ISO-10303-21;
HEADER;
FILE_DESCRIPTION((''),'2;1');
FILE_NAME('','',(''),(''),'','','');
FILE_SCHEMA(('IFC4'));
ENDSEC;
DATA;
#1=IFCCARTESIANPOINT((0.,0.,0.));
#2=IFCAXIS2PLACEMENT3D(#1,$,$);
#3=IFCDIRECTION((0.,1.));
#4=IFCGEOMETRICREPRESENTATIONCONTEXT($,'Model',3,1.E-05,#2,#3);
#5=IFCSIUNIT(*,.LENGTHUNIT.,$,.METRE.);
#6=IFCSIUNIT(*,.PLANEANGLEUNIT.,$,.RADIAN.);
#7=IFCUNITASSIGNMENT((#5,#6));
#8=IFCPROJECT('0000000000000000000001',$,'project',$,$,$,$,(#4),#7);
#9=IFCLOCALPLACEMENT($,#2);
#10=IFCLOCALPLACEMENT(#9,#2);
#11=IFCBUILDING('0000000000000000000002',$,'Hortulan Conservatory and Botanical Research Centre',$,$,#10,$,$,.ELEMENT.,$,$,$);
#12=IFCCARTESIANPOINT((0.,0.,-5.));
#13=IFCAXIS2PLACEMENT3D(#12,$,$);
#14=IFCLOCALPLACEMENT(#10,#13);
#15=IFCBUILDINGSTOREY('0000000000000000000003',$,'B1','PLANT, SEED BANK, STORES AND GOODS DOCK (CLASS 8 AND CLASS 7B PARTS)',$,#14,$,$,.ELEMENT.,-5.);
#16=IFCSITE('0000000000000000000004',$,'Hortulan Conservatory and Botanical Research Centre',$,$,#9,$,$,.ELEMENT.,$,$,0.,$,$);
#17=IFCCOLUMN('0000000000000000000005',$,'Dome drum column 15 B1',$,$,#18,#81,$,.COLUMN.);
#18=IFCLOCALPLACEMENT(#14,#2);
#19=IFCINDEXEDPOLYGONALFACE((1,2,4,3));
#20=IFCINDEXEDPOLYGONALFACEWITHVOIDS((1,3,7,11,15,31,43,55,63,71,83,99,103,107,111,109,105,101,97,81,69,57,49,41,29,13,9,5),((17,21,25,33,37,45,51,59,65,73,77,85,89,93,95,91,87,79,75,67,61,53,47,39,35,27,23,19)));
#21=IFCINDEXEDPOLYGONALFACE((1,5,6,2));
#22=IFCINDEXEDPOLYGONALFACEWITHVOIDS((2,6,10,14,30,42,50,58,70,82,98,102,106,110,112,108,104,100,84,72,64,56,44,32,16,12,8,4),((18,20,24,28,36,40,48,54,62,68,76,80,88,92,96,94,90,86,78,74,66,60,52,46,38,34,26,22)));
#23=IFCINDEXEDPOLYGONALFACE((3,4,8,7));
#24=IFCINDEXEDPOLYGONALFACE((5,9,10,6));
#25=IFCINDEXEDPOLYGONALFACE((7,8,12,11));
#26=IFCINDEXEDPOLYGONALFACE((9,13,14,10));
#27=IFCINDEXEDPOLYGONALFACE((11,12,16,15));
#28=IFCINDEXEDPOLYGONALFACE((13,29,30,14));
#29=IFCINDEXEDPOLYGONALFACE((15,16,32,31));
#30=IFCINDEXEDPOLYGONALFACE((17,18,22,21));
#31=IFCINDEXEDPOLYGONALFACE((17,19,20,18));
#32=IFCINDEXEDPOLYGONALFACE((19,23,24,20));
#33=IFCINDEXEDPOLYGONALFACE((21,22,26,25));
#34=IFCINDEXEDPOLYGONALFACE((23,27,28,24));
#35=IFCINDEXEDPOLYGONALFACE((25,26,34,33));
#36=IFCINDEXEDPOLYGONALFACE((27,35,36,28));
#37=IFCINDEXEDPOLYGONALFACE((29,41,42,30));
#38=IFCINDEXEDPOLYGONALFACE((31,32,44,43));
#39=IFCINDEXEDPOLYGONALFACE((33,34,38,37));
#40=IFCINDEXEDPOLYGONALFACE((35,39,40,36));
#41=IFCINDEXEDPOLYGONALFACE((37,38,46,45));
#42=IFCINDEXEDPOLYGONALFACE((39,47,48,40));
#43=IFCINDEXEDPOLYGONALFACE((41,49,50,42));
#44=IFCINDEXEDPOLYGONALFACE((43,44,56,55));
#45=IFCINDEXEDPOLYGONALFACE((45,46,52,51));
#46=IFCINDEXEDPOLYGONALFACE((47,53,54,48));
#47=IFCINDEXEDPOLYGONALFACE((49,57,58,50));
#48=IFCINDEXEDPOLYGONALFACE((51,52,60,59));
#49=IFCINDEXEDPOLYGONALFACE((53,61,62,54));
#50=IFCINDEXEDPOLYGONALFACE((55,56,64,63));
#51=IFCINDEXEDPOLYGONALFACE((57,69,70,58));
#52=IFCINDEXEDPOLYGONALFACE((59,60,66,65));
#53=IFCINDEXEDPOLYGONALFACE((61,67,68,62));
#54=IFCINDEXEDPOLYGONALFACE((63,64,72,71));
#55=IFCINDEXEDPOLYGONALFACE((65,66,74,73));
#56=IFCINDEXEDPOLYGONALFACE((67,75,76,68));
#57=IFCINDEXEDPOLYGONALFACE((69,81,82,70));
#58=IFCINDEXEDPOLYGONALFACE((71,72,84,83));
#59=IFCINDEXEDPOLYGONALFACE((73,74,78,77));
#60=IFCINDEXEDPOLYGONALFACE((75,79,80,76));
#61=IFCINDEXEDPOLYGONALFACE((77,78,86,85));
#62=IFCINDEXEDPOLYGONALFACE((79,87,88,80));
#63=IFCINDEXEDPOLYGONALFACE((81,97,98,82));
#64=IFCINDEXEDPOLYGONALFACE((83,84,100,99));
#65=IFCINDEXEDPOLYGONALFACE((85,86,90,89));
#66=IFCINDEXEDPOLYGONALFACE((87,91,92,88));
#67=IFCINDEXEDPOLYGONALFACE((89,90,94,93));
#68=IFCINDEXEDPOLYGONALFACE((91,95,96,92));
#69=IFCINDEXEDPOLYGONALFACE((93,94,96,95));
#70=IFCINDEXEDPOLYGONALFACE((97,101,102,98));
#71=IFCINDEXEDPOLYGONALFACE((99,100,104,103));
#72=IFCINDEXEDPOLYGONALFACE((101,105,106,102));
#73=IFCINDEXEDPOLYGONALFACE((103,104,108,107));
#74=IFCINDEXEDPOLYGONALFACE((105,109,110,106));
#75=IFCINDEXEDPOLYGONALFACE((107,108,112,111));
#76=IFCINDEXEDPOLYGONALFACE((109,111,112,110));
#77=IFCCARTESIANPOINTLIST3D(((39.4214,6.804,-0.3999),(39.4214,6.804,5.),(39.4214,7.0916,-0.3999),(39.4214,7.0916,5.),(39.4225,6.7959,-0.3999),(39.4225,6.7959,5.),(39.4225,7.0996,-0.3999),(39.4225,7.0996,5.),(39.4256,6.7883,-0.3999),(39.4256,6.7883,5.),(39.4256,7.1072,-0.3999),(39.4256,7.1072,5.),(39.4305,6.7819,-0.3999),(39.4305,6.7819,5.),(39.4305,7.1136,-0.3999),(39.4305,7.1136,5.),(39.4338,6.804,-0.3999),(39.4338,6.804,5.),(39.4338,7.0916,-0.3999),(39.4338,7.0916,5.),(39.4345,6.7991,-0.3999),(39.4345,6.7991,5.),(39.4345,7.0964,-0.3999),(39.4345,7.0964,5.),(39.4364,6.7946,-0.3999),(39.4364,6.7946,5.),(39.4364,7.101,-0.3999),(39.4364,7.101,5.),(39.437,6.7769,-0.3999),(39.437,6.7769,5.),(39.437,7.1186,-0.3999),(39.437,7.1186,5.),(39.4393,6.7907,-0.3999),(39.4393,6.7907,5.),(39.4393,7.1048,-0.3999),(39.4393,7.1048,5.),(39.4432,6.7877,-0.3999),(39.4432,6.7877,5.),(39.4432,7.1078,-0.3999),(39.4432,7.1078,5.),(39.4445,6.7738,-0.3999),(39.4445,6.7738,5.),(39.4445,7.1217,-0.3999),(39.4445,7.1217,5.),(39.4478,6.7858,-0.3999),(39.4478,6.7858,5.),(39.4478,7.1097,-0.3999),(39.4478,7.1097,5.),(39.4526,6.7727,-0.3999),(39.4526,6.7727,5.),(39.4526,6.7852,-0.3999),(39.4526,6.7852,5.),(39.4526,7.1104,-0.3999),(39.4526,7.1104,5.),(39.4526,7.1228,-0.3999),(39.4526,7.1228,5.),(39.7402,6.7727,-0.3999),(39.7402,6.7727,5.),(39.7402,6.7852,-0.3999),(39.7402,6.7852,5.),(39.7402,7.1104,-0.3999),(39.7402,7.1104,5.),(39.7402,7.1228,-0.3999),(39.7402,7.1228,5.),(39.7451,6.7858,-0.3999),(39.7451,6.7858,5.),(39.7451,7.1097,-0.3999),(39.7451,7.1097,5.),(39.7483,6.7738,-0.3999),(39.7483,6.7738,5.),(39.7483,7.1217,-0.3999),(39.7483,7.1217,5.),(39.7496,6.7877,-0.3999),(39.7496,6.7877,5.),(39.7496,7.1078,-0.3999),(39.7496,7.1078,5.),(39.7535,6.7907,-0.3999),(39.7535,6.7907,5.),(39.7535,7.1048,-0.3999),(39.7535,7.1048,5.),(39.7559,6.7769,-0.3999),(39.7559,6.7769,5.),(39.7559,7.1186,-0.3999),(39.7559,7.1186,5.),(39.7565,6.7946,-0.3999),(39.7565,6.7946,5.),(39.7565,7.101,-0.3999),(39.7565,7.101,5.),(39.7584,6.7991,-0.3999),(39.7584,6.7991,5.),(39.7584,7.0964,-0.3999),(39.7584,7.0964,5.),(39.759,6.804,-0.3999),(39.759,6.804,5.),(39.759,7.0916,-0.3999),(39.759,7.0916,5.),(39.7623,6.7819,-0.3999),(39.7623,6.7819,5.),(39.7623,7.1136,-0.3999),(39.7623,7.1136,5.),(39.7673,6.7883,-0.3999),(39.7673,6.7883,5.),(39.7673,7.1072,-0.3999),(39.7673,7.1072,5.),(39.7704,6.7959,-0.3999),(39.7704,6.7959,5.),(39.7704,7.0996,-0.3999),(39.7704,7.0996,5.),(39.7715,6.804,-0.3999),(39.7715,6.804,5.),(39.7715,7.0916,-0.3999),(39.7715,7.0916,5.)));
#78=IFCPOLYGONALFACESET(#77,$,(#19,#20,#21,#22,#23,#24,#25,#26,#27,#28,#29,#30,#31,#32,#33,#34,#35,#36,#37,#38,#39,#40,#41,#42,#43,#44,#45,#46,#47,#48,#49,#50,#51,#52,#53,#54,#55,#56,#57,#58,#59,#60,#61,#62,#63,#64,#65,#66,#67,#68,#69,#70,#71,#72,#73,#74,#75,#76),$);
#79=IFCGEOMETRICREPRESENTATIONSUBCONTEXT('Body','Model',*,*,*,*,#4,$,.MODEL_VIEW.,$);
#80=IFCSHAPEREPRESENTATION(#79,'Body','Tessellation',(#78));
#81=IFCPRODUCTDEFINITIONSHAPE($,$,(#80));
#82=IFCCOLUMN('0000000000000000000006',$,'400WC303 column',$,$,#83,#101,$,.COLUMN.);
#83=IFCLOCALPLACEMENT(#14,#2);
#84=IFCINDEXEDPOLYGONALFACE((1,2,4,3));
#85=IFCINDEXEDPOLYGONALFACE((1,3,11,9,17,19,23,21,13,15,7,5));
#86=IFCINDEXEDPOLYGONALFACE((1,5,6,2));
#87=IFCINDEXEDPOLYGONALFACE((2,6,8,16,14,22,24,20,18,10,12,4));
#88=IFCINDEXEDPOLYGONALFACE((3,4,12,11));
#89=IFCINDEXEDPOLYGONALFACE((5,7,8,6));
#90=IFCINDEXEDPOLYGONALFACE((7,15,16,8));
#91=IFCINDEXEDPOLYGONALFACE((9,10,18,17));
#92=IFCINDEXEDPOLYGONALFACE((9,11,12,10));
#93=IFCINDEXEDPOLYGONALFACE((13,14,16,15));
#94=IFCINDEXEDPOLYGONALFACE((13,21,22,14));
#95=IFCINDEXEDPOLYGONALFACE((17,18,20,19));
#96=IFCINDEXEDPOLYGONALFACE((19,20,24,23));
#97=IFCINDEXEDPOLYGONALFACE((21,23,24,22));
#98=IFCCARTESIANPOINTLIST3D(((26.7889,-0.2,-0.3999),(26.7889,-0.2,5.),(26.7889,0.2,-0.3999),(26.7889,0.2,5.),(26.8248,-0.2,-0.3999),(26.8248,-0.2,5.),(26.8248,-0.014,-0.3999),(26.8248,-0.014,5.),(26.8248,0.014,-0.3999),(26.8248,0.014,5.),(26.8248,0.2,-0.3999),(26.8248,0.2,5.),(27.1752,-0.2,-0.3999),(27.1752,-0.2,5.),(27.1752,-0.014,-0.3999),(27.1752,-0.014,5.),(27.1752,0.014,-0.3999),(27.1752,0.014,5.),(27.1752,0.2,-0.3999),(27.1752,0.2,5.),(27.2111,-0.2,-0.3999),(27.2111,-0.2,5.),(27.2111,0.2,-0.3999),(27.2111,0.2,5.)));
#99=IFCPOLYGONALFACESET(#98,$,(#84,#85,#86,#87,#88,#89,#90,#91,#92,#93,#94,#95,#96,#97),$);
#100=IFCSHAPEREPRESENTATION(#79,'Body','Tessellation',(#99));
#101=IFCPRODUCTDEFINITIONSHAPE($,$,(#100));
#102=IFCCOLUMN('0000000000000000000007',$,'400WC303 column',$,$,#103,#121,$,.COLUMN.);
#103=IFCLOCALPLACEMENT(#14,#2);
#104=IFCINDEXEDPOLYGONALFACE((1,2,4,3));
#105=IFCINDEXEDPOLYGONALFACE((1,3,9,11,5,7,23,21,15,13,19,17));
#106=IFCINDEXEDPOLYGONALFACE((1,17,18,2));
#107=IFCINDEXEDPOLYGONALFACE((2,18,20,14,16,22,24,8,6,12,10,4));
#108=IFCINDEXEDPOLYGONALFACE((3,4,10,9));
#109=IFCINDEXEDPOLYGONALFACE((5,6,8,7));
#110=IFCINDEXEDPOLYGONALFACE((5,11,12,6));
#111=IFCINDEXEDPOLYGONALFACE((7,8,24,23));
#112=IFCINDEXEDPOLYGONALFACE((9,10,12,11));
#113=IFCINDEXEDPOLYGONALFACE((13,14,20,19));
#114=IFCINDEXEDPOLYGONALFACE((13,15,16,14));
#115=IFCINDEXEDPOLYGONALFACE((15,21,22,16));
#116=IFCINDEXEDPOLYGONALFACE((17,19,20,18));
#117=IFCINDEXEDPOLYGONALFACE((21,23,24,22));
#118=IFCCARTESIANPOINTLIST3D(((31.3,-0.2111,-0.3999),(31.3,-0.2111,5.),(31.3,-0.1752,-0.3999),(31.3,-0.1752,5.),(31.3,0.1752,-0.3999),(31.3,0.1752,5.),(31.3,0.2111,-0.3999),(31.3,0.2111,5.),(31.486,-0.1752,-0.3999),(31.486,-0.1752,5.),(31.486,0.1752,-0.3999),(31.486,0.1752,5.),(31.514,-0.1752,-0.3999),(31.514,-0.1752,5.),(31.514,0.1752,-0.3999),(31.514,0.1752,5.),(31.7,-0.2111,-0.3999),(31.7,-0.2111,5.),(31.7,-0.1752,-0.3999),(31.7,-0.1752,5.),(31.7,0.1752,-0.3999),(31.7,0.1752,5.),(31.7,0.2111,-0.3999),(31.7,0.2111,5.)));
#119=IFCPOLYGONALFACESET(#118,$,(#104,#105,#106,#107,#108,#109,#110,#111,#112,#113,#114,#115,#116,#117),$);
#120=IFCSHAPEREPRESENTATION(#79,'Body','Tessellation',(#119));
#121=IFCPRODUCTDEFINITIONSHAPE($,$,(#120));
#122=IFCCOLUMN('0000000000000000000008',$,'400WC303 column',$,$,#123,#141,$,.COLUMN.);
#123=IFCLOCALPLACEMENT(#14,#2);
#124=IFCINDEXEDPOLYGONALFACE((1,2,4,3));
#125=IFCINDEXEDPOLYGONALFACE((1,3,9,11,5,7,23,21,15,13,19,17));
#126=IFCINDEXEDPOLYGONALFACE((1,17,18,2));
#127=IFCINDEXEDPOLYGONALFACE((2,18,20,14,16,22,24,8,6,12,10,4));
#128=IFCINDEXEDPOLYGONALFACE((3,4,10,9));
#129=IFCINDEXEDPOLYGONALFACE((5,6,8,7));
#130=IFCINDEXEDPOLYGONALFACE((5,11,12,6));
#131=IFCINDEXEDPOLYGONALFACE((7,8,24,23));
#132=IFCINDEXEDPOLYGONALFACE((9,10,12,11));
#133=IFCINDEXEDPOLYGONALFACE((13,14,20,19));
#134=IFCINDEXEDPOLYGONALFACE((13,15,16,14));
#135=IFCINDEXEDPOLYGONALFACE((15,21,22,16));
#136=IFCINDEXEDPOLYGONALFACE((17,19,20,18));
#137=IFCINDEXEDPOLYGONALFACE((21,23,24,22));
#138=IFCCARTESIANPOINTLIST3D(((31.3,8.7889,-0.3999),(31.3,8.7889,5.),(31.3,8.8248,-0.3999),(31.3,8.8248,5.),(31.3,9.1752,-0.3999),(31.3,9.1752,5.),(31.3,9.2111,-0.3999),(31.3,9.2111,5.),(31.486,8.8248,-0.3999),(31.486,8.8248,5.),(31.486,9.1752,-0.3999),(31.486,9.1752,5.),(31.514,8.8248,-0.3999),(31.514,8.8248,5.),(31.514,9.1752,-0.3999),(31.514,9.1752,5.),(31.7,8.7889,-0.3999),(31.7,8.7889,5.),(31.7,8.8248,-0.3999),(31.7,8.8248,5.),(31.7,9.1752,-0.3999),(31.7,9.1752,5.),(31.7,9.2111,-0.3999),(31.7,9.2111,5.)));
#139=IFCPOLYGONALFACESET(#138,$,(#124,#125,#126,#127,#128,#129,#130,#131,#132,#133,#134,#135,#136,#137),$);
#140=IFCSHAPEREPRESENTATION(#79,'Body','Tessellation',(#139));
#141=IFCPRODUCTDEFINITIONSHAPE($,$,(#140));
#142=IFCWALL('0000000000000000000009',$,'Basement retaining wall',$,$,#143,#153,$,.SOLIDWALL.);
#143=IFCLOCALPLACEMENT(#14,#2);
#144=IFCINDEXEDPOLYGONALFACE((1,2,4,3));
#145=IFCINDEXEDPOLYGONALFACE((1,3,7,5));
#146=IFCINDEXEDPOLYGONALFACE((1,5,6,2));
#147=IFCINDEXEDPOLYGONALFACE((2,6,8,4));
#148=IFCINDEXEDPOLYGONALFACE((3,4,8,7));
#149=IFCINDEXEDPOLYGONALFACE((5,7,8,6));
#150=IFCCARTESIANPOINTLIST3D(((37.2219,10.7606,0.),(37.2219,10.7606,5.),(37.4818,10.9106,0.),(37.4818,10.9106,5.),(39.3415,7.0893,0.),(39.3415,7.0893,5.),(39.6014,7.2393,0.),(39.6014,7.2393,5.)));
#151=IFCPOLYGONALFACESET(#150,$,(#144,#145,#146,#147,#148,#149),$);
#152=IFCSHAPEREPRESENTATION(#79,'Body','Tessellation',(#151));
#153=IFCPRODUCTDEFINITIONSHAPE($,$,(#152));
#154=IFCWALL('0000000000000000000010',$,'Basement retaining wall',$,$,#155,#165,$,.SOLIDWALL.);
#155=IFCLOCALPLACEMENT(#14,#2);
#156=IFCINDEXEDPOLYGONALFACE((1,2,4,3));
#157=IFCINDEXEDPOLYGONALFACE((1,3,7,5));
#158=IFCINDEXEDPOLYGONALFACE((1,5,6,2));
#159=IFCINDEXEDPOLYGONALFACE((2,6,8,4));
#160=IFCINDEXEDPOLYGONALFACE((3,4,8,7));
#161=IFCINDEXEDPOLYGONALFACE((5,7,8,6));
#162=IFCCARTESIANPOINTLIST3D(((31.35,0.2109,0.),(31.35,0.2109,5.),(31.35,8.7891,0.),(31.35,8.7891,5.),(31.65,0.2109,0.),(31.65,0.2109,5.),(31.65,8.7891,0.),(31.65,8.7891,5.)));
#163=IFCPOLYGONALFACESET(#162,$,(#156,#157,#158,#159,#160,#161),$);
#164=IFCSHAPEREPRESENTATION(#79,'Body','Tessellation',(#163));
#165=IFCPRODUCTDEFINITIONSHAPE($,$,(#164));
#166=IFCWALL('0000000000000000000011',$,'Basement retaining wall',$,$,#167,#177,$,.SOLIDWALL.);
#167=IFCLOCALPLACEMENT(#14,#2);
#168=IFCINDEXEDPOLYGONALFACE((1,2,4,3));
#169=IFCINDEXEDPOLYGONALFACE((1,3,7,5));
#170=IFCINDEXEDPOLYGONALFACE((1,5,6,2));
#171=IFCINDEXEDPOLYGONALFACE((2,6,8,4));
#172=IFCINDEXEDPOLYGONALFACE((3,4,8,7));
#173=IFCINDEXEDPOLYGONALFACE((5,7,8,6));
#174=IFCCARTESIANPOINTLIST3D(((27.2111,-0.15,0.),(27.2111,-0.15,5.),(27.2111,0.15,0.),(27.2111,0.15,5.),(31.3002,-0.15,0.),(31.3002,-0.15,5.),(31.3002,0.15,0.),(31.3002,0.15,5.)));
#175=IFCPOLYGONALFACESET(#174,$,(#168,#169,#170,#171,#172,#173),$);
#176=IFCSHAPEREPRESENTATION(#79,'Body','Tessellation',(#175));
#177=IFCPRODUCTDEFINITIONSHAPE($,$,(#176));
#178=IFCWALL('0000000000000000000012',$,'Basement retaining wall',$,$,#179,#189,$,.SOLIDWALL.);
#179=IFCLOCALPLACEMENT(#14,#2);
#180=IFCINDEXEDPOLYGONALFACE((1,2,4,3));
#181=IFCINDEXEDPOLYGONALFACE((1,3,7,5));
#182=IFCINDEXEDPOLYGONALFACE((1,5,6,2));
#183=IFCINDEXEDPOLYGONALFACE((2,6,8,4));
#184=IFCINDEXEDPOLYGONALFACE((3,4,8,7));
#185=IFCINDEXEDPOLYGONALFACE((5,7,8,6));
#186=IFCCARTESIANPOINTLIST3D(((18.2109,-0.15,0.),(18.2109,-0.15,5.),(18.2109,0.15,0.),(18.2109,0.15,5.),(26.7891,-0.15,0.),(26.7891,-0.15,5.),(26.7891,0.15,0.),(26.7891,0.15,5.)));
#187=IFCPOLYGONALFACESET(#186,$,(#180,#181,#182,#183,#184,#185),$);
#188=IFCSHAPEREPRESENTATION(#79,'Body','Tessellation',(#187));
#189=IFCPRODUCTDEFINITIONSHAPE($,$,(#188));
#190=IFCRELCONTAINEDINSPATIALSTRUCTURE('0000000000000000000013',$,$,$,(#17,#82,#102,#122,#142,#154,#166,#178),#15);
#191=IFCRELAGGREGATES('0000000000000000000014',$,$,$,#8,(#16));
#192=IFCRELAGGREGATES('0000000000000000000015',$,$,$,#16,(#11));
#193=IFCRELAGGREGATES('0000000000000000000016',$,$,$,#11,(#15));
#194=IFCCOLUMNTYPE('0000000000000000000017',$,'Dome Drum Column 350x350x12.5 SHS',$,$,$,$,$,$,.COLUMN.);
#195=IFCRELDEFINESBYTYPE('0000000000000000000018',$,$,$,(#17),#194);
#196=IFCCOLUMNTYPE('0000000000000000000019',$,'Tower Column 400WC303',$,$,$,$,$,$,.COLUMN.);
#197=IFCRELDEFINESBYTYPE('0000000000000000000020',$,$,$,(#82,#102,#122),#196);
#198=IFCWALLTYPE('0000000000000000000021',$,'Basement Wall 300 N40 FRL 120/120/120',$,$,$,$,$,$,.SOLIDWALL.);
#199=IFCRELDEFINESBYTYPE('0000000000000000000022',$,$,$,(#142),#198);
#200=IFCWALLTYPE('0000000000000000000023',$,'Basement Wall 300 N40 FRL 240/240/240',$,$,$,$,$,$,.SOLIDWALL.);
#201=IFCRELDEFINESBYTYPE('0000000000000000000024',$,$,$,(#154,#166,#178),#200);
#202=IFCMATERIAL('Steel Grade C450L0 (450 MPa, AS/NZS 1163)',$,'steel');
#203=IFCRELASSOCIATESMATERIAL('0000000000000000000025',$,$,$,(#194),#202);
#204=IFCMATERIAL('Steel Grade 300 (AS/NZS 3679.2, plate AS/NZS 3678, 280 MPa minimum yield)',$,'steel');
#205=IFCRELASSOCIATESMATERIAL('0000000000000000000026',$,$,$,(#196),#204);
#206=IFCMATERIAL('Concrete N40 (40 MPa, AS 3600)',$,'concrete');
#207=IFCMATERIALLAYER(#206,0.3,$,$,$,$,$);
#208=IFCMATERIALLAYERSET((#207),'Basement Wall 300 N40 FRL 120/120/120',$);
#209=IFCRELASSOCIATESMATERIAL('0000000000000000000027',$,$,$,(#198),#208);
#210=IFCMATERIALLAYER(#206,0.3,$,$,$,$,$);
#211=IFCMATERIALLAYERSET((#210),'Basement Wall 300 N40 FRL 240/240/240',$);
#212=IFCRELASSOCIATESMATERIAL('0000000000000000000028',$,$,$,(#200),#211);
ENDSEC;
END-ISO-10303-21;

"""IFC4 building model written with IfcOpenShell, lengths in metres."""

from ifc_helpers import new_model, si_unit, direction, frame, frame_2d, origin, origin_2d, place, context, subcontext, project, spatial, rectangle, hollow_rectangle, i_section, extrude, material, layer, layer_set, material_profile, profile_set, type_object, element, save


model = new_model("IFC4")

# Units and contexts
model_context = context("Model", 3, precision=1e-05, world=origin(), true_north=direction((0.0, 1.0)))
body_context = subcontext(model_context, "Body", "Model", "MODEL_VIEW")
ifc_project = project(units=[si_unit("LENGTHUNIT", "METRE"), si_unit("PLANEANGLEUNIT", "RADIAN")], contexts=[model_context])

# Site, building, storey
site_placement = place(None, origin())
site = spatial("IfcSite", under=ifc_project, at=site_placement, Name="Hortulan Conservatory and Botanical Research Centre", CompositionType="ELEMENT", RefElevation=0.0)
building_placement = place(site_placement, origin())
building = spatial("IfcBuilding", under=site, at=building_placement, Name="Hortulan Conservatory and Botanical Research Centre", CompositionType="ELEMENT")
storey_placement = place(building_placement, frame((0.0, 0.0, -5.0)))
storey = spatial("IfcBuildingStorey", under=building, at=storey_placement, Name="B1", Description="PLANT, SEED BANK, STORES AND GOODS DOCK (CLASS 8 AND CLASS 7B PARTS)", CompositionType="ELEMENT", Elevation=-5.0)

# Shared definitions
ifc_material_1 = material(Name="Concrete N40 (40 MPa, AS 3600)", Category="concrete")

# Columns
ifc_material_2 = material(Name="Steel Grade C450L0 (450 MPa, AS/NZS 1163)", Category="steel")
ifc_material_profile_1 = material_profile(ifc_material_2, hollow_rectangle(XDim=0.3501, YDim=0.3501, WallThickness=0.0125, InnerFilletRadius=0.0188, OuterFilletRadius=0.0312, at=origin_2d()), Name="350x350x12.5SHS")
ifc_profile_set_1 = profile_set([ifc_material_profile_1], Name="Steel Grade C450L0 (450 MPa, AS/NZS 1163)")
column_type_1 = type_object("IfcColumnType", Name="Dome Drum Column 350x350x12.5 SHS", PredefinedType="COLUMN", material=ifc_profile_set_1)
for number, where, z_axis, x_axis, name in (
    (1, (39.5964, 6.9478, -0.3999), (0.0, 0.0, 1.0), (1.0, 0.0, 0.0), "Dome drum column 15 B1"),
):
    element("IfcColumn", number, at=place(storey_placement, frame(where, z_axis=z_axis, x_axis=x_axis)), inside=storey, type_object=column_type_1, Name=name, PredefinedType="COLUMN", context=body_context, shape_type="SweptSolid", body=[
        extrude(hollow_rectangle(XDim=0.3501, YDim=0.3501, WallThickness=0.0125, InnerFilletRadius=0.0188, OuterFilletRadius=0.0312, at=origin_2d()), origin(), (0.0, 0.0, 1.0), 5.3999),
    ])
ifc_material_3 = material(Name="Steel Grade 300 (AS/NZS 3679.2, plate AS/NZS 3678, 280 MPa minimum yield)", Category="steel")
ifc_material_profile_2 = material_profile(ifc_material_3, i_section(OverallWidth=0.3999, OverallDepth=0.4221, WebThickness=0.0281, FlangeThickness=0.0359, at=origin_2d()), Name="400WC303")
ifc_profile_set_2 = profile_set([ifc_material_profile_2], Name="Steel Grade 300 (AS/NZS 3679.2, plate AS/NZS 3678, 280 MPa minimum yield)")
column_type_2 = type_object("IfcColumnType", Name="Tower Column 400WC303", PredefinedType="COLUMN", material=ifc_profile_set_2)
for number, where, z_axis, x_axis, name in (
    (2, (27.0, 0.0, -0.3999), (0.0, 0.0, 1.0), (0.0, 1.0, 0.0), "400WC303 column"),
    (3, (31.5, 0.0, -0.3999), (0.0, 0.0, 1.0), (1.0, 0.0, 0.0), "400WC303 column"),
    (4, (31.5, 9.0, -0.3999), (0.0, 0.0, 1.0), (1.0, 0.0, 0.0), "400WC303 column"),
):
    element("IfcColumn", number, at=place(storey_placement, frame(where, z_axis=z_axis, x_axis=x_axis)), inside=storey, type_object=column_type_2, Name=name, PredefinedType="COLUMN", context=body_context, shape_type="SweptSolid", body=[
        extrude(i_section(OverallWidth=0.3999, OverallDepth=0.4221, WebThickness=0.0281, FlangeThickness=0.0359, at=origin_2d()), origin(), (0.0, 0.0, 1.0), 5.3999),
    ])

# Walls
ifc_layer_1 = layer(ifc_material_1, 0.3)
ifc_layer_set_1 = layer_set([ifc_layer_1], Name="Basement Wall 300 N40 FRL 120/120/120")
wall_type_1 = type_object("IfcWallType", Name="Basement Wall 300 N40 FRL 120/120/120", PredefinedType="SOLIDWALL", material=ifc_layer_set_1)
wall_1_placement = place(storey_placement, frame((39.4714, 7.1643, 0.0), z_axis=(0.0, 0.0, 1.0), x_axis=(-0.499992, 0.86603, 0.0)))
element("IfcWall", 5, at=wall_1_placement, inside=storey, type_object=wall_type_1, Name="Basement retaining wall", PredefinedType="SOLIDWALL", context=body_context, shape_type="SweptSolid", body=[
    extrude(rectangle(XDim=4.2393, YDim=0.3, at=frame_2d((2.1196, 0.0))), origin(), (0.0, 0.0, 1.0), 5.0),
])
ifc_layer_2 = layer(ifc_material_1, 0.3)
ifc_layer_set_2 = layer_set([ifc_layer_2], Name="Basement Wall 300 N40 FRL 240/240/240")
wall_type_2 = type_object("IfcWallType", Name="Basement Wall 300 N40 FRL 240/240/240", PredefinedType="SOLIDWALL", material=ifc_layer_set_2)
wall_2_placement = place(storey_placement, frame((31.5, 8.7891, 0.0), z_axis=(0.0, 0.0, 1.0), x_axis=(0.0, -1.0, 0.0)))
element("IfcWall", 6, at=wall_2_placement, inside=storey, type_object=wall_type_2, Name="Basement retaining wall", PredefinedType="SOLIDWALL", context=body_context, shape_type="SweptSolid", body=[
    extrude(rectangle(XDim=8.5781, YDim=0.3, at=frame_2d((4.2891, 0.0))), origin(), (0.0, 0.0, 1.0), 5.0),
])
wall_3_placement = place(storey_placement, frame((31.3, 0.0, 0.0), z_axis=(0.0, 0.0, 1.0), x_axis=(-1.0, 0.0, 0.0)))
element("IfcWall", 7, at=wall_3_placement, inside=storey, type_object=wall_type_2, Name="Basement retaining wall", PredefinedType="SOLIDWALL", context=body_context, shape_type="SweptSolid", body=[
    extrude(rectangle(XDim=4.0891, YDim=0.3, at=frame_2d((2.0444, 0.0))), origin(), (0.0, 0.0, 1.0), 5.0),
])
wall_4_placement = place(storey_placement, frame((26.7891, 0.0, 0.0), z_axis=(0.0, 0.0, 1.0), x_axis=(-1.0, 0.0, 0.0)))
element("IfcWall", 8, at=wall_4_placement, inside=storey, type_object=wall_type_2, Name="Basement retaining wall", PredefinedType="SOLIDWALL", context=body_context, shape_type="SweptSolid", body=[
    extrude(rectangle(XDim=8.5781, YDim=0.3, at=frame_2d((4.2891, 0.0))), origin(), (0.0, 0.0, 1.0), 5.0),
])

save(model, "model.ifc")
